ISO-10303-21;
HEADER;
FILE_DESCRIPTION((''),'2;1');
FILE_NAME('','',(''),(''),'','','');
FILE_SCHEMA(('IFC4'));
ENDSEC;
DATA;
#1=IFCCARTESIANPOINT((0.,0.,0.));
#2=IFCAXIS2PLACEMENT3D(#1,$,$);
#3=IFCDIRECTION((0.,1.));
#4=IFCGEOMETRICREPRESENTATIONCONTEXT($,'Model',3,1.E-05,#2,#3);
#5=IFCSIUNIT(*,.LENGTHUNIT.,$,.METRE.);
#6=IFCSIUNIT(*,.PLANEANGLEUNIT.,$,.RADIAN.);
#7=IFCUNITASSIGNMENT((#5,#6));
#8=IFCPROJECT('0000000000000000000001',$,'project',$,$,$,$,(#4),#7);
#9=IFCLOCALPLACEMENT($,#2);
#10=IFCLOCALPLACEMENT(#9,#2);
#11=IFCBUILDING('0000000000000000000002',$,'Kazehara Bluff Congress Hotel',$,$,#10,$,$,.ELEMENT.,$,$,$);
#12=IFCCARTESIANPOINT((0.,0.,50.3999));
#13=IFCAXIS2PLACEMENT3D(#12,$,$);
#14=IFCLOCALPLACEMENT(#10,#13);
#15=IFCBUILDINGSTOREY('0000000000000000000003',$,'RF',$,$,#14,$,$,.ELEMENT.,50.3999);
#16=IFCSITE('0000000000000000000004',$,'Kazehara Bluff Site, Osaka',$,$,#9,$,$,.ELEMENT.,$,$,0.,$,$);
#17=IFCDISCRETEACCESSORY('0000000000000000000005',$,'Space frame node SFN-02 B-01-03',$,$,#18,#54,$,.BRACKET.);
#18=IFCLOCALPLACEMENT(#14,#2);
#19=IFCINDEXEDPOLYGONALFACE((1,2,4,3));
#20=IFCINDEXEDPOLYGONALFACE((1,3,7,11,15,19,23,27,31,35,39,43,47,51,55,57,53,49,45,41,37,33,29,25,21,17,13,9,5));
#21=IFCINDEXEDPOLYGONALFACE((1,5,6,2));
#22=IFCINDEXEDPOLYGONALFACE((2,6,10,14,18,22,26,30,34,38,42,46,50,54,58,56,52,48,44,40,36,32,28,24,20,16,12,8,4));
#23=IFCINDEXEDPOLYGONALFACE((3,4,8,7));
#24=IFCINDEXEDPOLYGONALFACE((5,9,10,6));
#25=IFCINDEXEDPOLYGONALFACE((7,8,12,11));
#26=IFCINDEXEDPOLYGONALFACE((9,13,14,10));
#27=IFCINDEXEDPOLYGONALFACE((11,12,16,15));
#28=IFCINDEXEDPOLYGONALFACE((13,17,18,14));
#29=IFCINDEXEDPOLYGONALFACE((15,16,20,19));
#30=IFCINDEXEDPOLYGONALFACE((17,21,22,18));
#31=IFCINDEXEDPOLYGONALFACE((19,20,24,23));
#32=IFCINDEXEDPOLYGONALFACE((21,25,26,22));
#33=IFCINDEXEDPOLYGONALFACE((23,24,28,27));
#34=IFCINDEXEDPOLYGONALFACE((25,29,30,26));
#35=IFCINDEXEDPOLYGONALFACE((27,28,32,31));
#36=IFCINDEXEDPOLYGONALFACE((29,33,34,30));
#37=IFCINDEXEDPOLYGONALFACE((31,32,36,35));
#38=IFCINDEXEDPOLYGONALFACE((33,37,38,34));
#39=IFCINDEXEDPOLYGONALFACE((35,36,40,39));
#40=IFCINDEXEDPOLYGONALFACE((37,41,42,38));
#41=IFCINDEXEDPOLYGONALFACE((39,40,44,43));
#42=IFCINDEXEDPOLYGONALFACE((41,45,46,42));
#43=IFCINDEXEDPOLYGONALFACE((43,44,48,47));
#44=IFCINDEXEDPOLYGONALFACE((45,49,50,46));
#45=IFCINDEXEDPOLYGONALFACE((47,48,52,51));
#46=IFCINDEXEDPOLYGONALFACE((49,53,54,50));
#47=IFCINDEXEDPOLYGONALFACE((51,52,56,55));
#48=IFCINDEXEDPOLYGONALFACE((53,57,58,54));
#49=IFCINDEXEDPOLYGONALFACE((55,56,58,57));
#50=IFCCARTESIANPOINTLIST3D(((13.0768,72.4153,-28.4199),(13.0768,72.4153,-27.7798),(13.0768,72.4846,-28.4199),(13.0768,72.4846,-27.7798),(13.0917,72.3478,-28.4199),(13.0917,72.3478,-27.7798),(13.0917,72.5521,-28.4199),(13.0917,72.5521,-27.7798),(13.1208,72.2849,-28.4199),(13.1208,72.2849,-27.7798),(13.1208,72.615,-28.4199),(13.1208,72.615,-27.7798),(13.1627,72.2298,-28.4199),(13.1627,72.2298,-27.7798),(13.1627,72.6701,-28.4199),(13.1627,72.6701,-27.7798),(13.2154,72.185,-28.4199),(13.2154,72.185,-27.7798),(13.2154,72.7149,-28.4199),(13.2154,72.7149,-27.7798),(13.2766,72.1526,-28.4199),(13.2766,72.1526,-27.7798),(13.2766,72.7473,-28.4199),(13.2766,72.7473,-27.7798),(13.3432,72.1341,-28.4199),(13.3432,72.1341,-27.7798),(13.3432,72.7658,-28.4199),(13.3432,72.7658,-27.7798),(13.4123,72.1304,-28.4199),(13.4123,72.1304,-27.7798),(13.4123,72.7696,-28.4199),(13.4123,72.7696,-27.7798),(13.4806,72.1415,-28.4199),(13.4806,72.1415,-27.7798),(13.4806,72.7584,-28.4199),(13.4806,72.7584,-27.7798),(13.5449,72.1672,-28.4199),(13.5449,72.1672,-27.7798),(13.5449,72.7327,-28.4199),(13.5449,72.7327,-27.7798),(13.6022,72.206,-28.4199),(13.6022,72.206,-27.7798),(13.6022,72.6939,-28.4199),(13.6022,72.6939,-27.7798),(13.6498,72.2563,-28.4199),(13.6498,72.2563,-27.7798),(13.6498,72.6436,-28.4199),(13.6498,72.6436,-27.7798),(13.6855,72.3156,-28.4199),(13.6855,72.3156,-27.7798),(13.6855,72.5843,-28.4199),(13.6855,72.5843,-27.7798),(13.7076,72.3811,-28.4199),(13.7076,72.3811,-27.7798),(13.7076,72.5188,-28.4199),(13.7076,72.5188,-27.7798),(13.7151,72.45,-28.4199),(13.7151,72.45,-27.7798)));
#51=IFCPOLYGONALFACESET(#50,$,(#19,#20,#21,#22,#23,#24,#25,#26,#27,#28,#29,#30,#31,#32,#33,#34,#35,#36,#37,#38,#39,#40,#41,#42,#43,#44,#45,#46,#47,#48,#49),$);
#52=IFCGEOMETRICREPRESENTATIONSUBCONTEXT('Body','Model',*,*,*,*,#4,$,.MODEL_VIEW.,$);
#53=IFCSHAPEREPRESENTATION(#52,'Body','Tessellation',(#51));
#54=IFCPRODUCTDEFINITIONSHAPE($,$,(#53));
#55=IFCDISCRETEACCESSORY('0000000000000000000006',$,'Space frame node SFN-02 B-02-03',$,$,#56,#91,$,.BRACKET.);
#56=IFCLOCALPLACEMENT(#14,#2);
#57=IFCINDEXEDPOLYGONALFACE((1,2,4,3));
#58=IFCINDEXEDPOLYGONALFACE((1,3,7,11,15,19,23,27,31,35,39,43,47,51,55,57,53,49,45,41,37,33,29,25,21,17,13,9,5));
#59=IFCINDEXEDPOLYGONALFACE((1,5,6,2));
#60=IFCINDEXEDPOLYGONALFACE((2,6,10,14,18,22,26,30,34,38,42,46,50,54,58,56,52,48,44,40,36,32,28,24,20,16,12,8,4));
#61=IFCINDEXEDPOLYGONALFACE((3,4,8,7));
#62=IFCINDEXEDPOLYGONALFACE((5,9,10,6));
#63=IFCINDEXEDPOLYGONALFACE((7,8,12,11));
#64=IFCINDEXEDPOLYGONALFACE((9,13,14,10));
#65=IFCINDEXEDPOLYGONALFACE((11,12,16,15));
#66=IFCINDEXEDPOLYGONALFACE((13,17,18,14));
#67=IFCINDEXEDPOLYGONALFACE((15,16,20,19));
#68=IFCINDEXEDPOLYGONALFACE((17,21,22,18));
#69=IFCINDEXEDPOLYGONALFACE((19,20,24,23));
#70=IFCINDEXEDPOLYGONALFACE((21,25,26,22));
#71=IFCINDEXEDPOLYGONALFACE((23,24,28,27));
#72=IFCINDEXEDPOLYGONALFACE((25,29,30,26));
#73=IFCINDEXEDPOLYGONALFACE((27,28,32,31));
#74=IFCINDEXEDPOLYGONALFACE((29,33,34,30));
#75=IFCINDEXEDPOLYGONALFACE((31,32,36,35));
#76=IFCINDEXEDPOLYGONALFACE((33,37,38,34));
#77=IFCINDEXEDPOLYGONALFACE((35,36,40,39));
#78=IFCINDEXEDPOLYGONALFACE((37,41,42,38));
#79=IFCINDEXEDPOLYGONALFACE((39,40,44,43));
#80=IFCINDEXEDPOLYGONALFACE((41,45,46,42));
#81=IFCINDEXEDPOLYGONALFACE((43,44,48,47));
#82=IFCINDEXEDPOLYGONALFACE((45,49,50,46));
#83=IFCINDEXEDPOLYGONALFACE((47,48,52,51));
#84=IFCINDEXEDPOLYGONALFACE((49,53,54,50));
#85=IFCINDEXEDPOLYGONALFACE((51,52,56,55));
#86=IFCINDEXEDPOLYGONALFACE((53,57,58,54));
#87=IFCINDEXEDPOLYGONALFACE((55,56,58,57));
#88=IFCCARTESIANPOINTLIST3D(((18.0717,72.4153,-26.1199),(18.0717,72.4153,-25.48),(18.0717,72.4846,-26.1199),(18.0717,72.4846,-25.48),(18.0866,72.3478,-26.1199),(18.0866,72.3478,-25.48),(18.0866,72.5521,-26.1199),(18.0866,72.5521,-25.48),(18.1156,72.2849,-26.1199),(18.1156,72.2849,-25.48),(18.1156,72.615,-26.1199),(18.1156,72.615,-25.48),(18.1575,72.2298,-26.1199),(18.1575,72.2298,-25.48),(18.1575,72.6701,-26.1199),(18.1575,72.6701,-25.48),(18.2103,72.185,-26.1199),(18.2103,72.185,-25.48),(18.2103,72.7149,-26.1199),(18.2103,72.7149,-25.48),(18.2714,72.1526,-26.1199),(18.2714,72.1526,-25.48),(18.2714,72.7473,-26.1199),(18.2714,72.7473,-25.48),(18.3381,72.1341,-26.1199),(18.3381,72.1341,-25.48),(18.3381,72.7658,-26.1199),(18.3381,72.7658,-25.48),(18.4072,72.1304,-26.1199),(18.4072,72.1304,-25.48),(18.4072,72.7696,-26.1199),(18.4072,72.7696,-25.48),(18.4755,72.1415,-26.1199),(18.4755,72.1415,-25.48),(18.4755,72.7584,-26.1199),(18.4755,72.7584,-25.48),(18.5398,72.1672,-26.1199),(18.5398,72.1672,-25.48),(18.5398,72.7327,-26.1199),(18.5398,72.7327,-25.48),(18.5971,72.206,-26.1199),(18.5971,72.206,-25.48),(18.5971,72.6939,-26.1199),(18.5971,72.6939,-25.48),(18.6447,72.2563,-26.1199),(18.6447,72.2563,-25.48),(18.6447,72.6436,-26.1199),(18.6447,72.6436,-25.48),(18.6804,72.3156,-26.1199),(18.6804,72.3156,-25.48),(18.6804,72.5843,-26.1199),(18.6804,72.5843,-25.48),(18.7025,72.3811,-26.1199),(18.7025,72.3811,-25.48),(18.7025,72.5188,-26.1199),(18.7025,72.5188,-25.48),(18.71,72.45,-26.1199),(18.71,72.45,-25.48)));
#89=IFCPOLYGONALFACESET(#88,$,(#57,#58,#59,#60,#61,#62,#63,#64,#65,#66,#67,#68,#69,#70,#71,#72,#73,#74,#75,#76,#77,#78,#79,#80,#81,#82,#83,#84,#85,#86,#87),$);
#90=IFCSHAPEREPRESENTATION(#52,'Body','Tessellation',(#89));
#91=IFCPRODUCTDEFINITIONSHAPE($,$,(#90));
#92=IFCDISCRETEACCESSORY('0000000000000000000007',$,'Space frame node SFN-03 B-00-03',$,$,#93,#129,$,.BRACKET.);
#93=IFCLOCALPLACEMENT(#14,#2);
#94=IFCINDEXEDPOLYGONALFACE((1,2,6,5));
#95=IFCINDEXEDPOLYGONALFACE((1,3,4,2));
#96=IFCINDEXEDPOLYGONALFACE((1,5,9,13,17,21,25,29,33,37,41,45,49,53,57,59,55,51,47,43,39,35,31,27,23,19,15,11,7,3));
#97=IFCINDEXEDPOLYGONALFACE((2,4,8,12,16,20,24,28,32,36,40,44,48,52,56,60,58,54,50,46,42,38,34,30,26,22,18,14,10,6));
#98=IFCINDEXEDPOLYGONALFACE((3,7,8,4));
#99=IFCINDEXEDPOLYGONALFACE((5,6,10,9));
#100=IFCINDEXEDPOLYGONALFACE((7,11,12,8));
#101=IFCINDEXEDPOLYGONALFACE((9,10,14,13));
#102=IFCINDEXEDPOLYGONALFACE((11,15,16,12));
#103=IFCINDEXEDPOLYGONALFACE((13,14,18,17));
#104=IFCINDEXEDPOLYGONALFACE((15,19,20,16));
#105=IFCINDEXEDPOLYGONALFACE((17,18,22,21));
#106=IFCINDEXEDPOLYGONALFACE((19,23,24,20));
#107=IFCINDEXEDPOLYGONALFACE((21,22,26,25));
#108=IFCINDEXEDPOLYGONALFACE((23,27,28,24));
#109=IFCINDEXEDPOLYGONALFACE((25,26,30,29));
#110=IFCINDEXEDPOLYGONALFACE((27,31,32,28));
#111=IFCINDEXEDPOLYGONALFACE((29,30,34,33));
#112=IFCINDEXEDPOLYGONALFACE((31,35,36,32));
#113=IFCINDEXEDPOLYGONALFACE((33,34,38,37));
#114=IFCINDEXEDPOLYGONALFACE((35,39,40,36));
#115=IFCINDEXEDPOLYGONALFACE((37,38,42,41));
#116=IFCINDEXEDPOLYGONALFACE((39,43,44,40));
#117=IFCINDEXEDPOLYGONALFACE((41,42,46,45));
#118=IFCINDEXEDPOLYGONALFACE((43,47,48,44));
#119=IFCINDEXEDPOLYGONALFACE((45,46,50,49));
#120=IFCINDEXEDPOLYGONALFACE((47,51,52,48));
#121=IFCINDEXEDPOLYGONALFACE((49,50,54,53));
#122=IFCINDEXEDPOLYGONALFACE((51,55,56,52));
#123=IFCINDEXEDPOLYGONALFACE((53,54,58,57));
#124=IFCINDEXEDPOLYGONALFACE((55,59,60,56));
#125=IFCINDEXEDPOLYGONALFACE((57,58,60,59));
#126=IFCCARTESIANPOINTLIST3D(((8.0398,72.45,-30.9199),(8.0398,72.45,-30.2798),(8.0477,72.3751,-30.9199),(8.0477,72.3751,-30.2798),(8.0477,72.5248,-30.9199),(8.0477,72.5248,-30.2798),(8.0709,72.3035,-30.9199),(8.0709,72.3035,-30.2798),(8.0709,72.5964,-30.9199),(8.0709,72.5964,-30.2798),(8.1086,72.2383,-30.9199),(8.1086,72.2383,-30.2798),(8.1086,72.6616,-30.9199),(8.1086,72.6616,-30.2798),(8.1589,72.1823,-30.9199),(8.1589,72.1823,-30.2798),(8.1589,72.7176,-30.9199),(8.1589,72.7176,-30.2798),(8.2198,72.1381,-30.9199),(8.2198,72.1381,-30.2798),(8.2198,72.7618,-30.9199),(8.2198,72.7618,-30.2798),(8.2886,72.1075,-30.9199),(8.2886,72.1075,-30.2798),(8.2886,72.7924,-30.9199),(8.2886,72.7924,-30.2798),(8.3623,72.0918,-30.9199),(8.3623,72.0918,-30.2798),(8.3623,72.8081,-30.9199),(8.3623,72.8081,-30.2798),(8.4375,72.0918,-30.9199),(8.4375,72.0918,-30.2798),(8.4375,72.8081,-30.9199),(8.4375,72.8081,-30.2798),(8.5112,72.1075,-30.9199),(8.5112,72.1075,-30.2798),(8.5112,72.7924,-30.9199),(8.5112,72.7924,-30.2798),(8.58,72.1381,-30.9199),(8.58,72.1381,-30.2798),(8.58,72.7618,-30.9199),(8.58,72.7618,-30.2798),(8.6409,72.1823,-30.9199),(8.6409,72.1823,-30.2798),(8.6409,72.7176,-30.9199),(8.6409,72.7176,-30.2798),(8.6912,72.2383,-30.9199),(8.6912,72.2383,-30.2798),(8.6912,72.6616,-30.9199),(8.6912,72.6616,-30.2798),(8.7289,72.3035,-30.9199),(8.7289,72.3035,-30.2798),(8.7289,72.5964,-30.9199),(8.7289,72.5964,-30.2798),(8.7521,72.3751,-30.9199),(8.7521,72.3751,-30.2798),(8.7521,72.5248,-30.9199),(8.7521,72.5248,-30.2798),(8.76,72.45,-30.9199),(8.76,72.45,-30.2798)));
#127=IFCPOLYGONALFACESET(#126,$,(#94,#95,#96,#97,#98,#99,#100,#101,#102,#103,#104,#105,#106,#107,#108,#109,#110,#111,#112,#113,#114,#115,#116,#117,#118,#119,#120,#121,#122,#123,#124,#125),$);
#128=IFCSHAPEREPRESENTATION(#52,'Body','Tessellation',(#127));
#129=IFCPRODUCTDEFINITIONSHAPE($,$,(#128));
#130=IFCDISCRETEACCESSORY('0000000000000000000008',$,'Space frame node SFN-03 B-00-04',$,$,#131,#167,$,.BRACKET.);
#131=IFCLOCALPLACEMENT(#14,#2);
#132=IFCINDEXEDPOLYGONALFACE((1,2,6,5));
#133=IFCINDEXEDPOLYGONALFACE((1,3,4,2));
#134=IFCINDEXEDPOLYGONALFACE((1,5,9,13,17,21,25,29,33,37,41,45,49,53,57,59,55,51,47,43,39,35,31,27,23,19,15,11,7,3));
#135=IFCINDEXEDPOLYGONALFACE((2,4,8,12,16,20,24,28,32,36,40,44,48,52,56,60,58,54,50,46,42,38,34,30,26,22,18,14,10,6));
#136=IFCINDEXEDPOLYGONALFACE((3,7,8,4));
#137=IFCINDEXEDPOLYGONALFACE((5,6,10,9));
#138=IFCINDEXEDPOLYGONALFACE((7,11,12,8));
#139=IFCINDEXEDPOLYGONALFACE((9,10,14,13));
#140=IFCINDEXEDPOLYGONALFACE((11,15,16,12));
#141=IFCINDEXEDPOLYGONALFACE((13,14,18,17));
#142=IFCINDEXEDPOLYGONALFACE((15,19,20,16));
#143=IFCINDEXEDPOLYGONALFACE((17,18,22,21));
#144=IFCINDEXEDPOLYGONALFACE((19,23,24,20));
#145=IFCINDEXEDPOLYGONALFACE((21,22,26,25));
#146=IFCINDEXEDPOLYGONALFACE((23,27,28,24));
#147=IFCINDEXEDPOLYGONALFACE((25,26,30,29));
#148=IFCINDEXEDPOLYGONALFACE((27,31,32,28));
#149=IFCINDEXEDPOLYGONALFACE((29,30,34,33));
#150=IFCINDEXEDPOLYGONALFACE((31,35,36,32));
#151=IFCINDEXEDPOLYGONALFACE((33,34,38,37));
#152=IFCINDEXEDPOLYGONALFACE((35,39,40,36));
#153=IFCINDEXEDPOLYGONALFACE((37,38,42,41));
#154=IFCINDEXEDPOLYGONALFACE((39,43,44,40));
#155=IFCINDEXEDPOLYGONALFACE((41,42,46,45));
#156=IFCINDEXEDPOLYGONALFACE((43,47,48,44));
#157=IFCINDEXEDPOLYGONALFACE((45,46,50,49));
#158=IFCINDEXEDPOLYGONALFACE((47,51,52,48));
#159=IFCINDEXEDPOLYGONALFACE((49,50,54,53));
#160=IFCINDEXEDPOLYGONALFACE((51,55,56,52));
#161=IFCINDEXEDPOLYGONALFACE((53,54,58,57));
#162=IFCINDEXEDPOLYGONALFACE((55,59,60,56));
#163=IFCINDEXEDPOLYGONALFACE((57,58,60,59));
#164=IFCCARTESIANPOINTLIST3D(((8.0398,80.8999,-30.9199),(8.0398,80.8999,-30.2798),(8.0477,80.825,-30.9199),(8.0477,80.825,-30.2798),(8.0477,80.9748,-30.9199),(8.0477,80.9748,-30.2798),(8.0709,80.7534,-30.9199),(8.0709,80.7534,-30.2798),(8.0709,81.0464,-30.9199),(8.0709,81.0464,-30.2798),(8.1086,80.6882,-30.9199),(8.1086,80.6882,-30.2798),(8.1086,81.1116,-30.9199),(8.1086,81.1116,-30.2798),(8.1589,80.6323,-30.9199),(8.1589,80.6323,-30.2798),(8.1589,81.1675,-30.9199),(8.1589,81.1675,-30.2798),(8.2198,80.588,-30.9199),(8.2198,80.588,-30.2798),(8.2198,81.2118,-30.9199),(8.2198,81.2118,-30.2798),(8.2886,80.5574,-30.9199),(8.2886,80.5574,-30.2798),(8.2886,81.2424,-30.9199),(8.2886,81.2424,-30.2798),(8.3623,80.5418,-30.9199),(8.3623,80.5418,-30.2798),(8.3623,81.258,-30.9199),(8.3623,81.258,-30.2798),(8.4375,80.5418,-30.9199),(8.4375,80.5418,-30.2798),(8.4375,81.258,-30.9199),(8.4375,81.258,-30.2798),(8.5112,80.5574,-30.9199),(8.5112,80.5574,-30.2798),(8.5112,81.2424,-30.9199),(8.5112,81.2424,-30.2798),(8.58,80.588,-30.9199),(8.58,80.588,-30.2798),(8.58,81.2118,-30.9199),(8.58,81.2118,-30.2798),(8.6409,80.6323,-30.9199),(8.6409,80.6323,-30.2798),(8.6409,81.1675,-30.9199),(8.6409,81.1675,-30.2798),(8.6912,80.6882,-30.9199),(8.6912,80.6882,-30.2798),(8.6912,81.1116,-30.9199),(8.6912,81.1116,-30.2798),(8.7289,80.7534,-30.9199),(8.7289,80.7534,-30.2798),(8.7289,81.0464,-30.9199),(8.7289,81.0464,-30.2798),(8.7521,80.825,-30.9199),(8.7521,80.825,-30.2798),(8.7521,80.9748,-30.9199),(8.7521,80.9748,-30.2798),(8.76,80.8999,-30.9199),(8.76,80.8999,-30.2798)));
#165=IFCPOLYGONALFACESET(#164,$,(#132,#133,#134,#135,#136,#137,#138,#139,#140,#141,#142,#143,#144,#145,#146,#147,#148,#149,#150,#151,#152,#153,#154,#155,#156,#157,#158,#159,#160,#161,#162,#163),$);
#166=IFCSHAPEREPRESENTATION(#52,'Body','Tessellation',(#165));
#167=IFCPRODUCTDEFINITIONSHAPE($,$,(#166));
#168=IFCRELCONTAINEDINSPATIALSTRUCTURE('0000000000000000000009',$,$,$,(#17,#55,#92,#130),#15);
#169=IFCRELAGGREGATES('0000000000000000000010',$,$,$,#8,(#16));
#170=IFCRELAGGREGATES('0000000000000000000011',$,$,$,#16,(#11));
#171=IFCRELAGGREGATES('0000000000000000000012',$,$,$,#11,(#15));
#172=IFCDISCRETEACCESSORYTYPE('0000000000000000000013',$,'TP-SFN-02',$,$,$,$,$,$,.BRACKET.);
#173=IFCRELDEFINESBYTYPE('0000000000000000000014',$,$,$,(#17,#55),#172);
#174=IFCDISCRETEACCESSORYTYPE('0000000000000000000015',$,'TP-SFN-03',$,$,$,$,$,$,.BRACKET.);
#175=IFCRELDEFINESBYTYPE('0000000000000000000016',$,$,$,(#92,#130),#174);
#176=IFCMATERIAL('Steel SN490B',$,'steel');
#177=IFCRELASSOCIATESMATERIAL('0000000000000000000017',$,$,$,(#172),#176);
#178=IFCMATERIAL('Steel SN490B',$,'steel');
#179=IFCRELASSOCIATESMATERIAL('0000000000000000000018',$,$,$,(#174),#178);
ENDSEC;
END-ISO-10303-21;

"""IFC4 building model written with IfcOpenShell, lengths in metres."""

from ifc_helpers import new_model, si_unit, direction, frame, origin, origin_2d, place, context, subcontext, project, spatial, circle, extrude, material, material_profile, profile_set, type_object, element, save


model = new_model("IFC4")

# Units and contexts
model_context = context("Model", 3, precision=1e-05, world=origin(), true_north=direction((0.0, 1.0)))
body_context = subcontext(model_context, "Body", "Model", "MODEL_VIEW")
ifc_project = project(units=[si_unit("LENGTHUNIT", "METRE"), si_unit("PLANEANGLEUNIT", "RADIAN")], contexts=[model_context])

# Site, building, storey
site_placement = place(None, origin())
site = spatial("IfcSite", under=ifc_project, at=site_placement, Name="Kazehara Bluff Site, Osaka", CompositionType="ELEMENT", RefElevation=0.0)
building_placement = place(site_placement, origin())
building = spatial("IfcBuilding", under=site, at=building_placement, Name="Kazehara Bluff Congress Hotel", CompositionType="ELEMENT")
storey_placement = place(building_placement, frame((0.0, 0.0, 50.3999)))
storey = spatial("IfcBuildingStorey", under=building, at=storey_placement, Name="RF", CompositionType="ELEMENT", Elevation=50.3999)

# Discrete accessories
ifc_material_1 = material(Name="Steel SN490B", Category="steel")
ifc_material_profile_1 = material_profile(ifc_material_1, circle(Radius=0.3201, at=origin_2d()))
ifc_profile_set_1 = profile_set([ifc_material_profile_1], Name="Steel SN490B")
discrete_accessory_type_1 = type_object("IfcDiscreteAccessoryType", Name="TP-SFN-02", PredefinedType="BRACKET", material=ifc_profile_set_1)
discrete_accessory_1_placement = place(storey_placement, frame((13.395, 72.45, -28.4199), z_axis=(0.0, 0.0, 1.0), x_axis=(1.0, 0.0, 0.0)))
element("IfcDiscreteAccessory", 1, at=discrete_accessory_1_placement, inside=storey, type_object=discrete_accessory_type_1, Name="Space frame node SFN-02 B-01-03", PredefinedType="BRACKET", context=body_context, shape_type="SweptSolid", body=[
    extrude(circle(Radius=0.3201, at=origin_2d()), origin(), (0.0, 0.0, 1.0), 0.6401),
])
discrete_accessory_2_placement = place(storey_placement, frame((18.3899, 72.45, -26.1199), z_axis=(0.0, 0.0, 1.0), x_axis=(1.0, 0.0, 0.0)))
element("IfcDiscreteAccessory", 2, at=discrete_accessory_2_placement, inside=storey, type_object=discrete_accessory_type_1, Name="Space frame node SFN-02 B-02-03", PredefinedType="BRACKET", context=body_context, shape_type="SweptSolid", body=[
    extrude(circle(Radius=0.3201, at=origin_2d()), origin(), (0.0, 0.0, 1.0), 0.6399),
])
ifc_material_2 = material(Name="Steel SN490B", Category="steel")
ifc_material_profile_2 = material_profile(ifc_material_2, circle(Radius=0.3601, at=origin_2d()))
ifc_profile_set_2 = profile_set([ifc_material_profile_2], Name="Steel SN490B")
discrete_accessory_type_2 = type_object("IfcDiscreteAccessoryType", Name="TP-SFN-03", PredefinedType="BRACKET", material=ifc_profile_set_2)
for number, where, z_axis, x_axis, name in (
    (3, (8.3999, 72.45, -30.9199), (0.0, 0.0, 1.0), (1.0, 0.0, 0.0), "Space frame node SFN-03 B-00-03"),
    (4, (8.3999, 80.8999, -30.9199), (0.0, 0.0, 1.0), (1.0, 0.0, 0.0), "Space frame node SFN-03 B-00-04"),
):
    element("IfcDiscreteAccessory", number, at=place(storey_placement, frame(where, z_axis=z_axis, x_axis=x_axis)), inside=storey, type_object=discrete_accessory_type_2, Name=name, PredefinedType="BRACKET", context=body_context, shape_type="SweptSolid", body=[
        extrude(circle(Radius=0.3601, at=origin_2d()), origin(), (0.0, 0.0, 1.0), 0.6401),
    ])

save(model, "model.ifc")
